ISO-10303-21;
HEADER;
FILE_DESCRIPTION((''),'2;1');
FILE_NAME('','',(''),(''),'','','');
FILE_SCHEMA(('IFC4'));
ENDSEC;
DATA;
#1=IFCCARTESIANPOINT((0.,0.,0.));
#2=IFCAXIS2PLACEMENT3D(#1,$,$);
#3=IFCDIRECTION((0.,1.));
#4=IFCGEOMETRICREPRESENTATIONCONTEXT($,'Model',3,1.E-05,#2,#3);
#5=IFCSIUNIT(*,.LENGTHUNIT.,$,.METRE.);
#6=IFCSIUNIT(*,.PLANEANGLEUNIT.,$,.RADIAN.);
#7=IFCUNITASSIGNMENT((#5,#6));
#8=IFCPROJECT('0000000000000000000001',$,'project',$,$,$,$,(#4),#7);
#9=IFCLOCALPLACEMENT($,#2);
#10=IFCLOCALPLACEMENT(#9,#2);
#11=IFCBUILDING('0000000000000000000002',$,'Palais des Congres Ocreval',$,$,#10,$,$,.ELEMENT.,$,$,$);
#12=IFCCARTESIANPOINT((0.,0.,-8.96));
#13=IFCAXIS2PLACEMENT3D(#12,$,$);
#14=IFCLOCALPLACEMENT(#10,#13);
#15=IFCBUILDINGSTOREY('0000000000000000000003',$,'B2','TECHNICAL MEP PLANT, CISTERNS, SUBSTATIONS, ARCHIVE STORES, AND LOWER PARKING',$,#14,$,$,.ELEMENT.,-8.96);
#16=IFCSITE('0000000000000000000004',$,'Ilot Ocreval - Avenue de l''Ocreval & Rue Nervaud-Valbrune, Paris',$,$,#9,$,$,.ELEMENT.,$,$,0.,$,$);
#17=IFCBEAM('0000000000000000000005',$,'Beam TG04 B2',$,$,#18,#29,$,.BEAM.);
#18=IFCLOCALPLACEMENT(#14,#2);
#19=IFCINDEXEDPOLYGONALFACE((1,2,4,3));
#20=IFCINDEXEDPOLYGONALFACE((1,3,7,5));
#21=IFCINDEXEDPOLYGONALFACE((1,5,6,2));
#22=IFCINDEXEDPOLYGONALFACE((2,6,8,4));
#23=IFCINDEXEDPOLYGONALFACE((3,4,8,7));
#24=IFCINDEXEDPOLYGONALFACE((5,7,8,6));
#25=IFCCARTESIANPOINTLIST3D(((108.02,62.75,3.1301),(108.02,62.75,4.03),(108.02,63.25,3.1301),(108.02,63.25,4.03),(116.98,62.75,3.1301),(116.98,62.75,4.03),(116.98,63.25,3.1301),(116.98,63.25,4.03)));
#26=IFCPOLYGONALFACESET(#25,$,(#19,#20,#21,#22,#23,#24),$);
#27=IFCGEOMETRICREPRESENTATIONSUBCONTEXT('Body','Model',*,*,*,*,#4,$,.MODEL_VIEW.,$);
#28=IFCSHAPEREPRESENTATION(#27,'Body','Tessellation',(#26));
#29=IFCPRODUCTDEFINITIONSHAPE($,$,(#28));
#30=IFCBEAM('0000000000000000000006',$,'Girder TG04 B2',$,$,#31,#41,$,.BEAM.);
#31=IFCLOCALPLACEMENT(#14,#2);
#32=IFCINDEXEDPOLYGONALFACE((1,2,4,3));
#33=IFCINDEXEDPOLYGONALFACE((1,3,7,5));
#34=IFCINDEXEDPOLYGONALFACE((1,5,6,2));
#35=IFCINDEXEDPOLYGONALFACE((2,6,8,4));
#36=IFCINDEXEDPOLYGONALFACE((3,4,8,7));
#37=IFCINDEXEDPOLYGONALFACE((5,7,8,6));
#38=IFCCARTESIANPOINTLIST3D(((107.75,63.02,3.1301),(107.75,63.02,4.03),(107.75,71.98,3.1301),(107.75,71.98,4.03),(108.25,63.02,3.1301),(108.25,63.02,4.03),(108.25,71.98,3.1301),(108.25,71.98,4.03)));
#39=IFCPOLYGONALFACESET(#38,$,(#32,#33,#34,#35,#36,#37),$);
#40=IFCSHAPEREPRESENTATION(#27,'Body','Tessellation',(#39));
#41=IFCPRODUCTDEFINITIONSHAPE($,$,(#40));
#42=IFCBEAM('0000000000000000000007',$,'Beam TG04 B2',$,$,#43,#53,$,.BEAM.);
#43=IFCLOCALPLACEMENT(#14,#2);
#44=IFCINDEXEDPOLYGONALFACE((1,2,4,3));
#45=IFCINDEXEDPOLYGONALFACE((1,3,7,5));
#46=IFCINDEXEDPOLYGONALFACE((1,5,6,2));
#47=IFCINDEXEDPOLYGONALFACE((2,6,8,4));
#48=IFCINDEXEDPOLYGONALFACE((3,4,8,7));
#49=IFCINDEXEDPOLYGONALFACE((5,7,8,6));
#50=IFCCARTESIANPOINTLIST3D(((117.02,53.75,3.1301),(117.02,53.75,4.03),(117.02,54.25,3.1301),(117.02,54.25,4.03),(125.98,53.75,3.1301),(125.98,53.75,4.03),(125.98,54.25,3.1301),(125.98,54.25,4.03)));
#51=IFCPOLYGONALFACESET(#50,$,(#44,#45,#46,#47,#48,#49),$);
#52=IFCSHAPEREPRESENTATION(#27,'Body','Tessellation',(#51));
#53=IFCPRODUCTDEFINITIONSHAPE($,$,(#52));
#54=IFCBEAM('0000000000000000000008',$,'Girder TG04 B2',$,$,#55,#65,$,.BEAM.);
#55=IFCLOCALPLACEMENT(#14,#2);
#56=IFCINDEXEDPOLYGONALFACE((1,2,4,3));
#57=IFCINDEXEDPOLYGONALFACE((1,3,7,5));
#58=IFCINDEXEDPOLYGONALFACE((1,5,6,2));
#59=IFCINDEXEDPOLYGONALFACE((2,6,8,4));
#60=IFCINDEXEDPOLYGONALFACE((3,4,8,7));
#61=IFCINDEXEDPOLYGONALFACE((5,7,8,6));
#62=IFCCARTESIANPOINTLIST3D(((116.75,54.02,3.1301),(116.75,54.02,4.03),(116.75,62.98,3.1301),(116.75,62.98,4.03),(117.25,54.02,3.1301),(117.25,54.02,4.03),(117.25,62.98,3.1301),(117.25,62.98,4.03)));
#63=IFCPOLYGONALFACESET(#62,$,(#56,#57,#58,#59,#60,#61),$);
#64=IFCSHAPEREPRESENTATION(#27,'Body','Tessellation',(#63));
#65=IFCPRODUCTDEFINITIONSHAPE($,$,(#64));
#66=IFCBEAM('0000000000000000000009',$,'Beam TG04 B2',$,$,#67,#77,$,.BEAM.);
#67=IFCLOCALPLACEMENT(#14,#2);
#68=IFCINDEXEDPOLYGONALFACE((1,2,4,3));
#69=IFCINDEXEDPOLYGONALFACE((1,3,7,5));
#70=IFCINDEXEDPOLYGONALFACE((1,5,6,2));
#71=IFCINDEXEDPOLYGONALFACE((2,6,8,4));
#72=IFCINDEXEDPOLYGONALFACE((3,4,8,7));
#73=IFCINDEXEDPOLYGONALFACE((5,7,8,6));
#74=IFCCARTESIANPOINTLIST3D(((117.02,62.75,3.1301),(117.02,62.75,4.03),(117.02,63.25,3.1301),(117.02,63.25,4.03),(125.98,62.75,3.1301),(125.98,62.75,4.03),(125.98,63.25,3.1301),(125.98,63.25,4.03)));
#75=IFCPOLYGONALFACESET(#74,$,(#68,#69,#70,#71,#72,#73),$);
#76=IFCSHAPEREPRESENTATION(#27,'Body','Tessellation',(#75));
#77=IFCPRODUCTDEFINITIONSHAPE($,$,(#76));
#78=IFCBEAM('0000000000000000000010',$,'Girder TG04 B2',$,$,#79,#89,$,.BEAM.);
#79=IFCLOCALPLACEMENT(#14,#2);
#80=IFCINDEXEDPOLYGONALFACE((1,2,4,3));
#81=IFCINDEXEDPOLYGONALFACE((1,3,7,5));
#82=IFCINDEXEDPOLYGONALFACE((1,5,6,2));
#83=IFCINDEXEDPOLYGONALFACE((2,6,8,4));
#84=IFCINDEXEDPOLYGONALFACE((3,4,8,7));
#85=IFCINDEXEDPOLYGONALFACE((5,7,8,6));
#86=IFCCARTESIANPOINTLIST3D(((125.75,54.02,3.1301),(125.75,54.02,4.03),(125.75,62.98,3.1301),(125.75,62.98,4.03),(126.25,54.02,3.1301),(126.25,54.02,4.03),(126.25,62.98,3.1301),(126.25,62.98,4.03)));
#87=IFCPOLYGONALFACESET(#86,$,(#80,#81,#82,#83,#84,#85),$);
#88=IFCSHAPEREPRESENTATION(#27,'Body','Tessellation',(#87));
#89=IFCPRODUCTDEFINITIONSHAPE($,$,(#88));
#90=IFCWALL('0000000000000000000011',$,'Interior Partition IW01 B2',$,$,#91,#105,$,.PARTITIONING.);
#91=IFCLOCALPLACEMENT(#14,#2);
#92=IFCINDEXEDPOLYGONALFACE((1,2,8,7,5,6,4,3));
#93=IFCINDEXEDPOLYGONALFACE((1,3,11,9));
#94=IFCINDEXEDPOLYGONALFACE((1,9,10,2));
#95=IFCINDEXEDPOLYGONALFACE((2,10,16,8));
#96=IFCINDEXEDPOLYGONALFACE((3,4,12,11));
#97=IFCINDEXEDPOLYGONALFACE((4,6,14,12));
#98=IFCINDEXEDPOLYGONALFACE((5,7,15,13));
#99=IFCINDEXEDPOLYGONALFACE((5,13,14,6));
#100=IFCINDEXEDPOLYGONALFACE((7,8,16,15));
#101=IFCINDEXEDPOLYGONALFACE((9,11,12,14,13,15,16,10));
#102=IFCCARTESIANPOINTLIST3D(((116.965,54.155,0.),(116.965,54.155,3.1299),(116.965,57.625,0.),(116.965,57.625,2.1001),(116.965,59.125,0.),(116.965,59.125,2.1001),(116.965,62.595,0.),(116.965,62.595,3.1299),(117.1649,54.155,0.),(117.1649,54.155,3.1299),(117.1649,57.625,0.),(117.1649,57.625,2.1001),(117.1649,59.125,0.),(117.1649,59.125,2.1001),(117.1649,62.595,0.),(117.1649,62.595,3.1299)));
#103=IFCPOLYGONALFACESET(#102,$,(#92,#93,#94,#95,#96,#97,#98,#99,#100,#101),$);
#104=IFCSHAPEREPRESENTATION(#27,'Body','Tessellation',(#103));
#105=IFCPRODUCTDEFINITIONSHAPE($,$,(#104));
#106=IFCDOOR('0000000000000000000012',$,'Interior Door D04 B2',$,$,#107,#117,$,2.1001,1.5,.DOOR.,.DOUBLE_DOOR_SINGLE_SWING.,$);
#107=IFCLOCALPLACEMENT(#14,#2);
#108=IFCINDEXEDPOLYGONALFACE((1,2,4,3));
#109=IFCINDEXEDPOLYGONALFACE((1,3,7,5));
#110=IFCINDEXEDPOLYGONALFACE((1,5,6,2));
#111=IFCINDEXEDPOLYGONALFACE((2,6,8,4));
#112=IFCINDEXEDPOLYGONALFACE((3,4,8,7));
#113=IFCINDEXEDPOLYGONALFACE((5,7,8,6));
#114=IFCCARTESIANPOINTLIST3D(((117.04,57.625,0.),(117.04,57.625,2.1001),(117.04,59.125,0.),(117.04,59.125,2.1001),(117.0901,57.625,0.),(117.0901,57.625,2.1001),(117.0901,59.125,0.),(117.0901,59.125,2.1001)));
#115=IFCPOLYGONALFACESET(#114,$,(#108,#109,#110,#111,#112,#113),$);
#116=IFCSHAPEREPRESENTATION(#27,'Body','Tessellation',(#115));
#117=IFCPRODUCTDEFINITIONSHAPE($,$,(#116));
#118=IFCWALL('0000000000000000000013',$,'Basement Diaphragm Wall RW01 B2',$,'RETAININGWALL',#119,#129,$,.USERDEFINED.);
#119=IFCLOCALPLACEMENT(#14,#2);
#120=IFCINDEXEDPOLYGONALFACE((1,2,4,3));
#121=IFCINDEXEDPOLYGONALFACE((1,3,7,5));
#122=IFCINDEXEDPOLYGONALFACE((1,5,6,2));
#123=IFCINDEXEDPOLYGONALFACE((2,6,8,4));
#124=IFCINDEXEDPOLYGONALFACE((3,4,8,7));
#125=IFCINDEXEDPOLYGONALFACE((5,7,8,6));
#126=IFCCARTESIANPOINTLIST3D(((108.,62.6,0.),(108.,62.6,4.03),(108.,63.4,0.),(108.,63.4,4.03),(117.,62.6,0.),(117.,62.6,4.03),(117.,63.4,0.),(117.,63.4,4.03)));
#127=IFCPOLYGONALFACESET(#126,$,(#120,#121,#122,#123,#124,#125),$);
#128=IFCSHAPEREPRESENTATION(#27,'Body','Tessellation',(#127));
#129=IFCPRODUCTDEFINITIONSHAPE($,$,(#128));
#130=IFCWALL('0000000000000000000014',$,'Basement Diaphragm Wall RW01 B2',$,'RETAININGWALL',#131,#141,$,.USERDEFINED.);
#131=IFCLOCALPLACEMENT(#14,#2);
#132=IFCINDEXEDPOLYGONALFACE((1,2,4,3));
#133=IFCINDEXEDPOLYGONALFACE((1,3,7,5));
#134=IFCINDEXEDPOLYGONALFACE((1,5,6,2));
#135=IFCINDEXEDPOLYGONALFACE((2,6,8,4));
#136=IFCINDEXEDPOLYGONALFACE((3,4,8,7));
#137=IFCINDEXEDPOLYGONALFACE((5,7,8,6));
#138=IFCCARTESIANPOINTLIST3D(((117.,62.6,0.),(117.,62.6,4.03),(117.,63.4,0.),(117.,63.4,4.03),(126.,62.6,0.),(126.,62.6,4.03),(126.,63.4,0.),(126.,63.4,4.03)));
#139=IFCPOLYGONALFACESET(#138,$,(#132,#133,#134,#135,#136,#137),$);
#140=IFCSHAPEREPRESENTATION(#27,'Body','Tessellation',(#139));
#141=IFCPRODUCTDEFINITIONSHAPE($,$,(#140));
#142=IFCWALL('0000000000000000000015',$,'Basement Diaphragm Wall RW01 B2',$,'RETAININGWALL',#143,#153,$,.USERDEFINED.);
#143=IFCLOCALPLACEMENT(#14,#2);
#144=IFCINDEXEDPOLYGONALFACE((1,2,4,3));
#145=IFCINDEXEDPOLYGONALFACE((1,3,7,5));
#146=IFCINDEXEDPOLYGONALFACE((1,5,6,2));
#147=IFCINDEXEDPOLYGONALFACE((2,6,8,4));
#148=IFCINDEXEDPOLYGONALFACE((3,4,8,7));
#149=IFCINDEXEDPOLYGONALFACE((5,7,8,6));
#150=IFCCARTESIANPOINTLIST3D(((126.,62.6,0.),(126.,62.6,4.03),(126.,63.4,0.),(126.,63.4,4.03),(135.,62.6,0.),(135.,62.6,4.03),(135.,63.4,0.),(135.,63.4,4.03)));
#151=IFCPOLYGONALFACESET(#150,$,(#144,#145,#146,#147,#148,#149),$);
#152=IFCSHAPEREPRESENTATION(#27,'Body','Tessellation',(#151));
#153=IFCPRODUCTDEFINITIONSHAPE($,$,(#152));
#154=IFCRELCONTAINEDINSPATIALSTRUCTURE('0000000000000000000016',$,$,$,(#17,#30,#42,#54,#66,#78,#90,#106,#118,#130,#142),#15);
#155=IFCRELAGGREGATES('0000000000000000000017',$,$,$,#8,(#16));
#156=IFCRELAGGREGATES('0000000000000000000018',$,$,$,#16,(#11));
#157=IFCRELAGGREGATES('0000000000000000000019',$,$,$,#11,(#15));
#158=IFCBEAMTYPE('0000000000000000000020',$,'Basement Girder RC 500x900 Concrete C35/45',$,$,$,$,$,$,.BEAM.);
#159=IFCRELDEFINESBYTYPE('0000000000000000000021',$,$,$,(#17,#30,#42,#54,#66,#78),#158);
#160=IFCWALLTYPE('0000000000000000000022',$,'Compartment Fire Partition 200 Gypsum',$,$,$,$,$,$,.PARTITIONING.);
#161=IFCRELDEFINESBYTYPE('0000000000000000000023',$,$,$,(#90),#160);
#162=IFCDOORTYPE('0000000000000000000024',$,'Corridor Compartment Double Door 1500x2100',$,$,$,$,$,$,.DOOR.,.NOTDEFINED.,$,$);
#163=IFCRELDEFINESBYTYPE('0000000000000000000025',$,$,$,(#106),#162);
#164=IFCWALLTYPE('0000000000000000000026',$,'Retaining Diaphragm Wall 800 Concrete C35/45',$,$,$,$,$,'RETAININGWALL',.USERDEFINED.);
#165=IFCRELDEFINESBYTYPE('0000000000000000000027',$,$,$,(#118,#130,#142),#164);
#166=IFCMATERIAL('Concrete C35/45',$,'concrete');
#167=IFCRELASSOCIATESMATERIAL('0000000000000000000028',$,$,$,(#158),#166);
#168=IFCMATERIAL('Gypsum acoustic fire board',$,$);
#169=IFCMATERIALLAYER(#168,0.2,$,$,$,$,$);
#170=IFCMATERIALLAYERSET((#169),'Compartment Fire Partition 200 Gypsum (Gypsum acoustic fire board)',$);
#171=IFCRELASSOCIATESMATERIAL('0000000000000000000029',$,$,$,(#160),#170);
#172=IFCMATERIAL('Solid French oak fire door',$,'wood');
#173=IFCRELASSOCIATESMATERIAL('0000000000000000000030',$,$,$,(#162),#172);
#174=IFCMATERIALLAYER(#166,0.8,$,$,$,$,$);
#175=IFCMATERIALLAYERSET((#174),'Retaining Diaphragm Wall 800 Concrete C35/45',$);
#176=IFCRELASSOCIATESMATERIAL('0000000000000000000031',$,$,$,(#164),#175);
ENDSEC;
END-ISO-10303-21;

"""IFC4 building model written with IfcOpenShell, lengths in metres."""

from ifc_helpers import new_model, si_unit, direction, frame, frame_2d, origin, origin_2d, place, context, subcontext, project, spatial, rectangle, extrude, material, layer, layer_set, material_profile, profile_set, type_object, element, fill, save


model = new_model("IFC4")

# Units and contexts
model_context = context("Model", 3, precision=1e-05, world=origin(), true_north=direction((0.0, 1.0)))
body_context = subcontext(model_context, "Body", "Model", "MODEL_VIEW")
ifc_project = project(units=[si_unit("LENGTHUNIT", "METRE"), si_unit("PLANEANGLEUNIT", "RADIAN")], contexts=[model_context])

# Site, building, storey
site_placement = place(None, origin())
site = spatial("IfcSite", under=ifc_project, at=site_placement, Name="Ilot Ocreval - Avenue de l'Ocreval & Rue Nervaud-Valbrune, Paris", CompositionType="ELEMENT", RefElevation=0.0)
building_placement = place(site_placement, origin())
building = spatial("IfcBuilding", under=site, at=building_placement, Name="Palais des Congres Ocreval", CompositionType="ELEMENT")
storey_placement = place(building_placement, frame((0.0, 0.0, -8.96)))
storey = spatial("IfcBuildingStorey", under=building, at=storey_placement, Name="B2", Description="TECHNICAL MEP PLANT, CISTERNS, SUBSTATIONS, ARCHIVE STORES, AND LOWER PARKING", CompositionType="ELEMENT", Elevation=-8.96)

# Shared definitions
ifc_material_1 = material(Name="Concrete C35/45", Category="concrete")

# Beams
ifc_material_profile_1 = material_profile(ifc_material_1, rectangle(XDim=0.5, YDim=0.8999, at=origin_2d()), Name="RC 500x900")
ifc_profile_set_1 = profile_set([ifc_material_profile_1], Name="Concrete C35/45")
beam_type = type_object("IfcBeamType", Name="Basement Girder RC 500x900 Concrete C35/45", PredefinedType="BEAM", material=ifc_profile_set_1)
for number, where, z_axis, x_axis, name in (
    (1, (108.02, 63.0, 3.5801), (1.0, 0.0, 0.0), (0.0, 1.0, 0.0), "Beam TG04 B2"),
    (2, (108.0, 63.02, 3.5801), (0.0, 1.0, 0.0), (-1.0, 0.0, 0.0), "Girder TG04 B2"),
    (3, (117.02, 54.0, 3.5801), (1.0, 0.0, 0.0), (0.0, 1.0, 0.0), "Beam TG04 B2"),
    (4, (117.0, 54.02, 3.5801), (0.0, 1.0, 0.0), (-1.0, 0.0, 0.0), "Girder TG04 B2"),
    (5, (117.02, 63.0, 3.5801), (1.0, 0.0, 0.0), (0.0, 1.0, 0.0), "Beam TG04 B2"),
    (6, (126.0, 54.02, 3.5801), (0.0, 1.0, 0.0), (-1.0, 0.0, 0.0), "Girder TG04 B2"),
):
    element("IfcBeam", number, at=place(storey_placement, frame(where, z_axis=z_axis, x_axis=x_axis)), inside=storey, type_object=beam_type, Name=name, PredefinedType="BEAM", context=body_context, shape_type="SweptSolid", body=[
        extrude(rectangle(XDim=0.5, YDim=0.8999, at=origin_2d()), origin(), (0.0, 0.0, 1.0), 8.96),
    ])

# Wall, opening, door
ifc_material_2 = material(Name="Gypsum acoustic fire board")
ifc_layer_1 = layer(ifc_material_2, 0.2)
ifc_layer_set_1 = layer_set([ifc_layer_1], Name="Compartment Fire Partition 200 Gypsum (Gypsum acoustic fire board)")
wall_type_1 = type_object("IfcWallType", Name="Compartment Fire Partition 200 Gypsum", PredefinedType="PARTITIONING", material=ifc_layer_set_1)
wall_placement = place(storey_placement, frame((117.0649, 54.155, 0.0), z_axis=(0.0, 0.0, 1.0), x_axis=(0.0, 1.0, 0.0)))
wall = element("IfcWall", 7, at=wall_placement, inside=storey, type_object=wall_type_1, Name="Interior Partition IW01 B2", PredefinedType="PARTITIONING", context=body_context, shape_type="SweptSolid", body=[
    extrude(rectangle(XDim=8.4399, YDim=0.2, at=frame_2d((4.22, 0.0))), origin(), (0.0, 0.0, 1.0), 3.1299),
])
opening_placement = place(wall_placement, frame((3.47, 0.0, 0.0)))
opening = element("IfcOpeningElement", 8, at=opening_placement, cuts=wall, PredefinedType="OPENING", context=body_context, shape_type="SweptSolid", body=[
    extrude(rectangle(XDim=1.5, YDim=2.1001, at=frame_2d((0.75, 1.05))), frame((0.0, 0.1099, 0.0), z_axis=(0.0, -1.0, 0.0), x_axis=(1.0, 0.0, 0.0)), (0.0, 0.0, 1.0), 0.22),
])
ifc_material_3 = material(Name="Solid French oak fire door", Category="wood")
door_type = type_object("IfcDoorType", Name="Corridor Compartment Double Door 1500x2100", OperationType="NOTDEFINED", PredefinedType="DOOR", material=ifc_material_3)
door_placement = place(opening_placement, origin())
door = element("IfcDoor", 9, at=door_placement, inside=storey, type_object=door_type, Name="Interior Door D04 B2", OperationType="DOUBLE_DOOR_SINGLE_SWING", OverallHeight=2.1001, OverallWidth=1.5, PredefinedType="DOOR", context=body_context, shape_type="SweptSolid", body=[
    extrude(rectangle(XDim=1.5, YDim=2.1001, at=frame_2d((0.75, 1.05))), frame((0.0, 0.0249, 0.0), z_axis=(0.0, -1.0, 0.0), x_axis=(1.0, 0.0, 0.0)), (0.0, 0.0, 1.0), 0.05),
])
fill(opening, door)

# Walls
ifc_layer_2 = layer(ifc_material_1, 0.8)
ifc_layer_set_2 = layer_set([ifc_layer_2], Name="Retaining Diaphragm Wall 800 Concrete C35/45")
wall_type_2 = type_object("IfcWallType", Name="Retaining Diaphragm Wall 800 Concrete C35/45", ElementType="RETAININGWALL", PredefinedType="USERDEFINED", material=ifc_layer_set_2)
for number, where, z_axis, x_axis, name in (
    (10, (108.0, 63.0, 0.0), (0.0, 0.0, 1.0), (1.0, 0.0, 0.0), "Basement Diaphragm Wall RW01 B2"),
    (11, (117.0, 63.0, 0.0), (0.0, 0.0, 1.0), (1.0, 0.0, 0.0), "Basement Diaphragm Wall RW01 B2"),
    (12, (126.0, 63.0, 0.0), (0.0, 0.0, 1.0), (1.0, 0.0, 0.0), "Basement Diaphragm Wall RW01 B2"),
):
    element("IfcWall", number, at=place(storey_placement, frame(where, z_axis=z_axis, x_axis=x_axis)), inside=storey, type_object=wall_type_2, Name=name, ObjectType="RETAININGWALL", PredefinedType="USERDEFINED", context=body_context, shape_type="SweptSolid", body=[
        extrude(rectangle(XDim=9.0, YDim=0.8, at=frame_2d((4.5, 0.0))), origin(), (0.0, 0.0, 1.0), 4.03),
    ])

save(model, "model.ifc")
